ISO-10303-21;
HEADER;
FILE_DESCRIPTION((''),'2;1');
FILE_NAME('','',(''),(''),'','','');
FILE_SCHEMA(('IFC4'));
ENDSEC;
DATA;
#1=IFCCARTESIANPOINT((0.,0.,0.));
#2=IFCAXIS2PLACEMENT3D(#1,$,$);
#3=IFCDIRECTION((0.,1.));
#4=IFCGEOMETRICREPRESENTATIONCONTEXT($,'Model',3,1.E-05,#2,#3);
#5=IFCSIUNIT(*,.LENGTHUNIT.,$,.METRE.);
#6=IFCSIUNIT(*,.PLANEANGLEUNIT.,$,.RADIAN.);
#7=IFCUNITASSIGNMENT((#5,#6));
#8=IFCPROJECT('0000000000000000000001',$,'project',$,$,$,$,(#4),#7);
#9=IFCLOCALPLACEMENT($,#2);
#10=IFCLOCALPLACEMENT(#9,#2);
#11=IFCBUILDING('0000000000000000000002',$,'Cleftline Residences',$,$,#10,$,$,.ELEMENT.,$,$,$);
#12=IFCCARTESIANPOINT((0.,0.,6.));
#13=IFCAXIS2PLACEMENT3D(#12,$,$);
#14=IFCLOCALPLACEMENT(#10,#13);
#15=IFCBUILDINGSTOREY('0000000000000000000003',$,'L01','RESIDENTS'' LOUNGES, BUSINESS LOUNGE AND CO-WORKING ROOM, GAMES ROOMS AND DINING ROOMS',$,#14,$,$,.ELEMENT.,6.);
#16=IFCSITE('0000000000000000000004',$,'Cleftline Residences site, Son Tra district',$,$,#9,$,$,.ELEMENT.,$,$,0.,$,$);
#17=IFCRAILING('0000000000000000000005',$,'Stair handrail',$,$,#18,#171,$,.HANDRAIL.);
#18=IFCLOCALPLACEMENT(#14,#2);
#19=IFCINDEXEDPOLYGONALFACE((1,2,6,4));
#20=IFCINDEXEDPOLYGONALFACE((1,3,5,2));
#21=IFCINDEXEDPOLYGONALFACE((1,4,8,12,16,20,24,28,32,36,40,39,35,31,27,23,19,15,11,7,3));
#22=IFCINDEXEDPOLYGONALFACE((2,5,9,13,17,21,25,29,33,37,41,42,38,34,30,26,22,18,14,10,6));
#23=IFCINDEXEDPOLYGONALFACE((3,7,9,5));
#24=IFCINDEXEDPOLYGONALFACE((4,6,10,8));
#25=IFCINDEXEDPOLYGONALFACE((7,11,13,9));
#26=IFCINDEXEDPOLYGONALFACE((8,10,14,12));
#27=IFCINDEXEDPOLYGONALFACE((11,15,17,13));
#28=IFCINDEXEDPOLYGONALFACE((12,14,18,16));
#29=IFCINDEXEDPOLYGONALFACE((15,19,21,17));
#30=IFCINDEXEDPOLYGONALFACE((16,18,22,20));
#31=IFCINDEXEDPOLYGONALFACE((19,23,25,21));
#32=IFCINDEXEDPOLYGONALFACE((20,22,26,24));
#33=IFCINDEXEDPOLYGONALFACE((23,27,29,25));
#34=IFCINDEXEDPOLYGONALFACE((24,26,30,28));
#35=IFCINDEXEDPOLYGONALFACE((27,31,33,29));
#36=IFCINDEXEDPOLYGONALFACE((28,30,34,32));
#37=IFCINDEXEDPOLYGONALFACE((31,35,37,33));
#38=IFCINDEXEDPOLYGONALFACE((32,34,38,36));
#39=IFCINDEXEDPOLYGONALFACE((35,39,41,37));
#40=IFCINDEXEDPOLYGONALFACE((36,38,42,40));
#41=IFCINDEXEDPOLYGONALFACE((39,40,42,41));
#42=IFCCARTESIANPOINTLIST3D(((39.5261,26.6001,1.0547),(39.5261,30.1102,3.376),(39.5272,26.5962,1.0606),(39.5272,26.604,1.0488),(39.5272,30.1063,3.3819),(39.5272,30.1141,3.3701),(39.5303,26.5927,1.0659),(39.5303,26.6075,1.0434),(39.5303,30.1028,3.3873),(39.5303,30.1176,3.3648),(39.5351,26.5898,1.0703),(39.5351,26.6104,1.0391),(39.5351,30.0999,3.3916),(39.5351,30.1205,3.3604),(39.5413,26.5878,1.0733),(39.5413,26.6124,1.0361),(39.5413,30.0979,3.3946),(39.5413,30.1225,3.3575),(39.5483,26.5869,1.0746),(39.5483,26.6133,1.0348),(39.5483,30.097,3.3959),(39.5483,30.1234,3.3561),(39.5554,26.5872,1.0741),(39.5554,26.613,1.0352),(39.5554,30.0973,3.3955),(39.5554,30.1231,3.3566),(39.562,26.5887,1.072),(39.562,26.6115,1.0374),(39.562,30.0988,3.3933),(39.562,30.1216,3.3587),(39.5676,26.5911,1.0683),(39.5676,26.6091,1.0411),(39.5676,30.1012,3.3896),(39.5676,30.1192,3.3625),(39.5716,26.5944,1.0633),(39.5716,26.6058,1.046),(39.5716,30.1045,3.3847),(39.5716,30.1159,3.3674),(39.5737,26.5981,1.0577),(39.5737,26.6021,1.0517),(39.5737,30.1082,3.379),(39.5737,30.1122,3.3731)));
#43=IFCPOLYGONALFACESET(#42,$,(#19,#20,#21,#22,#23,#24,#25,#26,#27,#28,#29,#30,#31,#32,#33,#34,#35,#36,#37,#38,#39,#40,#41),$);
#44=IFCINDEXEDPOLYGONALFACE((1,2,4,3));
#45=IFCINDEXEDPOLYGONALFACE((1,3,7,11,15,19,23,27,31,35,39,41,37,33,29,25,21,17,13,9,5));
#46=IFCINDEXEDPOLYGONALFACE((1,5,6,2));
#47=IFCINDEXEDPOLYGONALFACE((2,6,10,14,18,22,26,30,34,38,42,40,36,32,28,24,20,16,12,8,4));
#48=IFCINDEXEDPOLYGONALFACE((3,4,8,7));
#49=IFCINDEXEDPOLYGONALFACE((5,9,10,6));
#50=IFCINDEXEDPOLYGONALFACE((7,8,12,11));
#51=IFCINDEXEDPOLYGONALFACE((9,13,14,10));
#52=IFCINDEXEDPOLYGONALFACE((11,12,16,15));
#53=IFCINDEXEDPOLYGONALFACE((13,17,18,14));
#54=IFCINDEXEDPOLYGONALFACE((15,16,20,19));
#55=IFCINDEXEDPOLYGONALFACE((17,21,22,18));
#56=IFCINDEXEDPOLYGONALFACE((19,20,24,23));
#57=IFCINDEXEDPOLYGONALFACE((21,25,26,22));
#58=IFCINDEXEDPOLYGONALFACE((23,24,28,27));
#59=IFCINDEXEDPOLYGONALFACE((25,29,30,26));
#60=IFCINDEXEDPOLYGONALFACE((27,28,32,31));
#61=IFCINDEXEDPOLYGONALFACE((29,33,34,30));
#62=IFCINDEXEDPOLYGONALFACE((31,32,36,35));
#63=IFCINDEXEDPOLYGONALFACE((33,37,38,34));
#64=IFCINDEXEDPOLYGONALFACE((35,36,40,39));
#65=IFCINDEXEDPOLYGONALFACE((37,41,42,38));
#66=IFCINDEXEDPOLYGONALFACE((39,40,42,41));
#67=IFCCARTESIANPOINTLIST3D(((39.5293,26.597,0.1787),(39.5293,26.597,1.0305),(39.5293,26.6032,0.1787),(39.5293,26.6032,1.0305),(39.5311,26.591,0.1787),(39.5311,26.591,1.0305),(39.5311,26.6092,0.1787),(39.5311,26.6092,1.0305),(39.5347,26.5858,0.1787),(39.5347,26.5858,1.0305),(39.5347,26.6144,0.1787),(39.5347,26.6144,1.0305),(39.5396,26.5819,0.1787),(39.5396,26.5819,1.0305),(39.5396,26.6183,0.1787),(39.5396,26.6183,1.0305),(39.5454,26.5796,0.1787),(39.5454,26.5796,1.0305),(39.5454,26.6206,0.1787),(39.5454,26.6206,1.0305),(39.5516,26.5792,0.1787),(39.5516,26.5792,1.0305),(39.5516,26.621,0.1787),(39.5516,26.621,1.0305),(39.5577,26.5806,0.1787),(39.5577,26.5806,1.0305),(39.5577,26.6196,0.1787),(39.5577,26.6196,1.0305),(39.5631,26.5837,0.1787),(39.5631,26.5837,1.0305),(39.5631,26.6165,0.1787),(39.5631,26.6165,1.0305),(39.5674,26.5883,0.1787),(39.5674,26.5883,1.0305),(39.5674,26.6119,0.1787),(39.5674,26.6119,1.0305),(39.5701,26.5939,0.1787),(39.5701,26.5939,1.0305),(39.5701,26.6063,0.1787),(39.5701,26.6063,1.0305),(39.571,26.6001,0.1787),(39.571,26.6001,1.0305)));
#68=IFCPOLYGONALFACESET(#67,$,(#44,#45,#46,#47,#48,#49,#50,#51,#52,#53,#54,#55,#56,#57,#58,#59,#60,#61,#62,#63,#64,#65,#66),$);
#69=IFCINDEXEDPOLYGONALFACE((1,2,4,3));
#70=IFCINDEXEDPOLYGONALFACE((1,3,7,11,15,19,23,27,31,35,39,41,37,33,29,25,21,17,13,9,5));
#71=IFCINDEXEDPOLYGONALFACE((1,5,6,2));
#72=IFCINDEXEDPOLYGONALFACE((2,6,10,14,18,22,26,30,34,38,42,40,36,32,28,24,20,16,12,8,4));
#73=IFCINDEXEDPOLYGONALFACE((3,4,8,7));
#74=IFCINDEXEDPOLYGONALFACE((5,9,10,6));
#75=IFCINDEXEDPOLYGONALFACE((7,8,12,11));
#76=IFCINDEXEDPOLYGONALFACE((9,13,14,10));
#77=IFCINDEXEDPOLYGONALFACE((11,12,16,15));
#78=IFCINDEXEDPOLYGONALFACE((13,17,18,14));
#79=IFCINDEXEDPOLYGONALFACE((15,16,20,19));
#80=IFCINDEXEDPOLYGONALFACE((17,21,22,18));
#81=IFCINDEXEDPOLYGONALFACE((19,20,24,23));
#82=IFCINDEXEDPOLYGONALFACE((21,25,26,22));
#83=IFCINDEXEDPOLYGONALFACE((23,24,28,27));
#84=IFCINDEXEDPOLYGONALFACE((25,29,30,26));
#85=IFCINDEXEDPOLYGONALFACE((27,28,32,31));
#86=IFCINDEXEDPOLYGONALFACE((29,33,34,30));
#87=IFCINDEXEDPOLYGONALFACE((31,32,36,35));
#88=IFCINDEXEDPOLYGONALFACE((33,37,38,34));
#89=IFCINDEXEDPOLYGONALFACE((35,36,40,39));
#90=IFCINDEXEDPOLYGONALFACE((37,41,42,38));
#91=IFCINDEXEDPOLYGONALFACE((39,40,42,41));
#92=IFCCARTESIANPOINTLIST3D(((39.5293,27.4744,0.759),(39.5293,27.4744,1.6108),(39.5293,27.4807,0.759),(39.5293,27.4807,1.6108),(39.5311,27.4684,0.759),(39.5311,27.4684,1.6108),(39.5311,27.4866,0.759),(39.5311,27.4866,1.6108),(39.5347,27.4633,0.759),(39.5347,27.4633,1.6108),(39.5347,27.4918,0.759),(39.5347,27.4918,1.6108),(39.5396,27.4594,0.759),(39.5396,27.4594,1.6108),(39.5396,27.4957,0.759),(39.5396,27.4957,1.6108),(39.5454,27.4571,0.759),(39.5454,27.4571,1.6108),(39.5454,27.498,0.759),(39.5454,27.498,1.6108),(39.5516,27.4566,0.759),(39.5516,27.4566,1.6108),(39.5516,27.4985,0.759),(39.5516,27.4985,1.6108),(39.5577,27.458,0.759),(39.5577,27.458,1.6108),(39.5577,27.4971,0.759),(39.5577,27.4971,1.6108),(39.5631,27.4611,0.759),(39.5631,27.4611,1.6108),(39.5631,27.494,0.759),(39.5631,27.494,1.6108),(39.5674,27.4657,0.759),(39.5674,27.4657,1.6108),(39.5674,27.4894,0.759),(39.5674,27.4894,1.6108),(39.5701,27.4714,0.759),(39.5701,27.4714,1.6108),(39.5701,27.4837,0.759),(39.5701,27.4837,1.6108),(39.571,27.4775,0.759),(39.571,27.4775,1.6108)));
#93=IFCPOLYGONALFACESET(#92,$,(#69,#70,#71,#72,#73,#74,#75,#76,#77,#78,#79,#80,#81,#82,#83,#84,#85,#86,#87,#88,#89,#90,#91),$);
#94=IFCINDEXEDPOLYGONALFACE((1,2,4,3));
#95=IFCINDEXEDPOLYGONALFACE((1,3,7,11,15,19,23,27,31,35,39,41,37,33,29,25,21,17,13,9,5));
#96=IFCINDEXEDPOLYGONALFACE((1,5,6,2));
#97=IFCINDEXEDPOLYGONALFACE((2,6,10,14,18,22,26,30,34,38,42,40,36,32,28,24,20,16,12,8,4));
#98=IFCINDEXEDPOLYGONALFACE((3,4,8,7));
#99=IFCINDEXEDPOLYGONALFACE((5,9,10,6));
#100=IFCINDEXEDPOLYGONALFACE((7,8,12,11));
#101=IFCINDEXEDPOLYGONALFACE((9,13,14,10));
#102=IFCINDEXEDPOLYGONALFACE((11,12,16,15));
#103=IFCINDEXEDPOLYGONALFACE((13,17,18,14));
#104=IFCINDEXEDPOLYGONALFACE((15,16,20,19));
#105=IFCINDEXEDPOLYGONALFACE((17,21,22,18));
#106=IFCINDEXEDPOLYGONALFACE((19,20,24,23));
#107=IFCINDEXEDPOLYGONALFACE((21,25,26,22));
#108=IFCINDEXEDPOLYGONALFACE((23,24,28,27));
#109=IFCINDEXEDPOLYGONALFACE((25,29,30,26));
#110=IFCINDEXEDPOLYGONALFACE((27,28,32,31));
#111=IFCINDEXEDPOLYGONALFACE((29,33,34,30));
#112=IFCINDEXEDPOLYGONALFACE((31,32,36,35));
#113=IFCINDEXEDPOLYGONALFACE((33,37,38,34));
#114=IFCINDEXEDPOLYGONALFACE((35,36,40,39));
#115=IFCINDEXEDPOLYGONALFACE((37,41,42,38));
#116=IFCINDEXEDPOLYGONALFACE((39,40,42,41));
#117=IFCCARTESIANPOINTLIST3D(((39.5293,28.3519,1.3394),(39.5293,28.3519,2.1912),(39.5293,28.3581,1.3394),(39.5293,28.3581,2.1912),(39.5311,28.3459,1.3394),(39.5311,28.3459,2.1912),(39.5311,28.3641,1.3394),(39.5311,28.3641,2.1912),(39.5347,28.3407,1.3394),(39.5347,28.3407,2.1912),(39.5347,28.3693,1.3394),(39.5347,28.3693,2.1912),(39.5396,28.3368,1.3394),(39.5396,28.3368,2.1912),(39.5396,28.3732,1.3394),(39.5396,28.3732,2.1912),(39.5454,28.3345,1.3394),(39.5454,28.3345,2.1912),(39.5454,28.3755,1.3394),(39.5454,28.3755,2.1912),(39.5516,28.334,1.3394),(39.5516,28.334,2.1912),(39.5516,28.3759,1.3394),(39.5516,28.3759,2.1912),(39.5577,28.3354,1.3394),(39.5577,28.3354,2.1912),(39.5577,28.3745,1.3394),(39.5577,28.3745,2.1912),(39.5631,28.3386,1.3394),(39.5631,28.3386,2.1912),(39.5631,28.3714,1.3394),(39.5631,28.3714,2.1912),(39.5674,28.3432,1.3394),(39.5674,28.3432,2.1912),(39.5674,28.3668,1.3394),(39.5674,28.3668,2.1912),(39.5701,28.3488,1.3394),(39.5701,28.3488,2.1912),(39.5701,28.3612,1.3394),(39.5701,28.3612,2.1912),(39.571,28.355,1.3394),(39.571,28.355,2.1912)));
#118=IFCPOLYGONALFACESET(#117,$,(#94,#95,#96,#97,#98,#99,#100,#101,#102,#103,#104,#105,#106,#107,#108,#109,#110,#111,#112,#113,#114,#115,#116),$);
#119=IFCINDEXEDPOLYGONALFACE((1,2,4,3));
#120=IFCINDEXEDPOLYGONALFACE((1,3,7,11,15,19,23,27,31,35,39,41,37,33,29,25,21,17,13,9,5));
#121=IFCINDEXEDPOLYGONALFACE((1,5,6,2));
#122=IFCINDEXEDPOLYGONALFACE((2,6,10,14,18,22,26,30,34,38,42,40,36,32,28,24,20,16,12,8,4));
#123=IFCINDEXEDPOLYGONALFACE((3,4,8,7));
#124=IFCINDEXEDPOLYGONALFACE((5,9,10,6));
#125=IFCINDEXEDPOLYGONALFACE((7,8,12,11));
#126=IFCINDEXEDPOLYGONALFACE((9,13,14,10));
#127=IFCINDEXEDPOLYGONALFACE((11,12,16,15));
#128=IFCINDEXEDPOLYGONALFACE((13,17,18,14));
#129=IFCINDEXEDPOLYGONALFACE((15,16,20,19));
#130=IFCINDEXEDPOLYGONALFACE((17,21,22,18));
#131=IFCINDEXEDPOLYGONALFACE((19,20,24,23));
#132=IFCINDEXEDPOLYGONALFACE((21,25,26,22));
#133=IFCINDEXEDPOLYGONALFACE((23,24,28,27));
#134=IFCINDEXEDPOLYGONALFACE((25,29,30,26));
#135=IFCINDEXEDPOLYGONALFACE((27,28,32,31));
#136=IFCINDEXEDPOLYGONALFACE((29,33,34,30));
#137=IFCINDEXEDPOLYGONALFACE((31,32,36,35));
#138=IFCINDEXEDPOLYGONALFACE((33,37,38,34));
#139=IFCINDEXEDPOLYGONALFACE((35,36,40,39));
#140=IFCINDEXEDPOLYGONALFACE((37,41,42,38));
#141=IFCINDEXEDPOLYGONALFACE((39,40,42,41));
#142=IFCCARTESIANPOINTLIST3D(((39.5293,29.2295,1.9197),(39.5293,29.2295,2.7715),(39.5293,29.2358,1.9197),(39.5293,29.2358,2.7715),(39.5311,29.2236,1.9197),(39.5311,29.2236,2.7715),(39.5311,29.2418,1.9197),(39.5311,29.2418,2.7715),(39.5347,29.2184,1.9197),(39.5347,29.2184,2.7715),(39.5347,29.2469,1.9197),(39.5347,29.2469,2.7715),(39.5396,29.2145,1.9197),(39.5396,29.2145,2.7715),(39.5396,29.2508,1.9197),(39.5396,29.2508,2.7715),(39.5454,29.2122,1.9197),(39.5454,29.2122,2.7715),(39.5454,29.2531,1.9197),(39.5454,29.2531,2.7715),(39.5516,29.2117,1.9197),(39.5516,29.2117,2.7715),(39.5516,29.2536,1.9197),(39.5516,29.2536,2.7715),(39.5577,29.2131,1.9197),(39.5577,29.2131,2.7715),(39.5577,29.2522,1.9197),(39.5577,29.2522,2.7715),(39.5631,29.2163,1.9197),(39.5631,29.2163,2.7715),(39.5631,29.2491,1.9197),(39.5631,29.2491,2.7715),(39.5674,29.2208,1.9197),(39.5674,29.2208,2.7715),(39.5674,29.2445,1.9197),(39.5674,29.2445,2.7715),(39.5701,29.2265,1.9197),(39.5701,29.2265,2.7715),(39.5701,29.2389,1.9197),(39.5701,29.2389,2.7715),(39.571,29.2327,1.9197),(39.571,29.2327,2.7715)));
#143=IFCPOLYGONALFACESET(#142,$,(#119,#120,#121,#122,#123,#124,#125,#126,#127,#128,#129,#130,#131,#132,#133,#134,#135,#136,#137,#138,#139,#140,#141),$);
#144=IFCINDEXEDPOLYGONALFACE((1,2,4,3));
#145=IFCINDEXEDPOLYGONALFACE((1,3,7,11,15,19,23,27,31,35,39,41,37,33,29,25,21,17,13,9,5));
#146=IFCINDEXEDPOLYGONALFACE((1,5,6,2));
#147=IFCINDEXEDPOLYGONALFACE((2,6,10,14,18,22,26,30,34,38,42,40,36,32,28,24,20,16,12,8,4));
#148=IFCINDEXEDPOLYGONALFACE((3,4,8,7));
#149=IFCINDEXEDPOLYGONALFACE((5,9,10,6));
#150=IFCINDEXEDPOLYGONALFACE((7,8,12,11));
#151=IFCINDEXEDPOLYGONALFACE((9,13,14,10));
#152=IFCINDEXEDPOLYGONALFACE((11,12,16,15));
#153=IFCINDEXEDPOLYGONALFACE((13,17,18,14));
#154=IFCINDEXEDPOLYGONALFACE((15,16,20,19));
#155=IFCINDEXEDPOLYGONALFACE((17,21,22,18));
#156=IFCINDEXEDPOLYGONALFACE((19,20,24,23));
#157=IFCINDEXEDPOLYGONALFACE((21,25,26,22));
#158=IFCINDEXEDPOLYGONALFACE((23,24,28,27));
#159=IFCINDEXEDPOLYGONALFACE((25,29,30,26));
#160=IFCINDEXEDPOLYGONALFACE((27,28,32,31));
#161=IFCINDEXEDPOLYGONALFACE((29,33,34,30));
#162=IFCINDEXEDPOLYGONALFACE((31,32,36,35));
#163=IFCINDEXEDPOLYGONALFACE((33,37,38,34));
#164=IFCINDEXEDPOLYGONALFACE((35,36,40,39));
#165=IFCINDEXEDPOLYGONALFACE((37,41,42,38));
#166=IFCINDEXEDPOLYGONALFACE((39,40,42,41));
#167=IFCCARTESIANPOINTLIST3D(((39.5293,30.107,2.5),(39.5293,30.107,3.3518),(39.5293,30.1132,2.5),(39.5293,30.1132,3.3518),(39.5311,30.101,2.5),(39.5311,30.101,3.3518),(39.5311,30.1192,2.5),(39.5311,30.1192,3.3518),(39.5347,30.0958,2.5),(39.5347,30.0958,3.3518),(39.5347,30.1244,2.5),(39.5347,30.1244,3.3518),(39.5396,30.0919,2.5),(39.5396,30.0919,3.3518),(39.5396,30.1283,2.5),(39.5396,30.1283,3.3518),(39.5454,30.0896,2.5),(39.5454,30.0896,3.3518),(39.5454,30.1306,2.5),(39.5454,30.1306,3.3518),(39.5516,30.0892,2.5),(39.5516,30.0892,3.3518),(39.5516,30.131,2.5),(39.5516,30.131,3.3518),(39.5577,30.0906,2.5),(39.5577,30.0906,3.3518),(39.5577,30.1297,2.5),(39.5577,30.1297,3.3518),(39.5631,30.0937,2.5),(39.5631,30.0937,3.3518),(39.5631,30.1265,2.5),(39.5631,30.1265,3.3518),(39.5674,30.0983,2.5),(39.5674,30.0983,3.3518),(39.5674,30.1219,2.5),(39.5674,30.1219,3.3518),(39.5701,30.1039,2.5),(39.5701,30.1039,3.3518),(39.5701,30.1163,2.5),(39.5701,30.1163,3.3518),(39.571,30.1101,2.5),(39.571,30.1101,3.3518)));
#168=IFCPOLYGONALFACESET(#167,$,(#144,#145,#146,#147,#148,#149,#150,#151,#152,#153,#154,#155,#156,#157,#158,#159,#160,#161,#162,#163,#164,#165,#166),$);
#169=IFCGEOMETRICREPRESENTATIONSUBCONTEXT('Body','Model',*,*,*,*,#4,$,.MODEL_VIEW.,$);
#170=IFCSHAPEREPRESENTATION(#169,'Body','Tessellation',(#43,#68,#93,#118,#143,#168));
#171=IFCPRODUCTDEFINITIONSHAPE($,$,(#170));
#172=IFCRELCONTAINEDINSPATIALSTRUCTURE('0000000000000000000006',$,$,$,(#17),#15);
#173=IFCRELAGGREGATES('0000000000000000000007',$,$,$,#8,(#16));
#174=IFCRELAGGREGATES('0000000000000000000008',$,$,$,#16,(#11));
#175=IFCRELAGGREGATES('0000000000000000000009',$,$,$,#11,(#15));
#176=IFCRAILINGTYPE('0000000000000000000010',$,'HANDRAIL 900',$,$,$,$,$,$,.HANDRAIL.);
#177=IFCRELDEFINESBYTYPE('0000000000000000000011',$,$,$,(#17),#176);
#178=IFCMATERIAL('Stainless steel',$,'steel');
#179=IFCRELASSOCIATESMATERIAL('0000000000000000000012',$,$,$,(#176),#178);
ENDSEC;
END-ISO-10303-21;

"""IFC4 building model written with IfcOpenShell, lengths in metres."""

from ifc_helpers import new_model, si_unit, direction, frame, origin, origin_2d, place, context, subcontext, project, spatial, circle, extrude, material, type_object, element, save


model = new_model("IFC4")

# Units and contexts
model_context = context("Model", 3, precision=1e-05, world=origin(), true_north=direction((0.0, 1.0)))
body_context = subcontext(model_context, "Body", "Model", "MODEL_VIEW")
ifc_project = project(units=[si_unit("LENGTHUNIT", "METRE"), si_unit("PLANEANGLEUNIT", "RADIAN")], contexts=[model_context])

# Site, building, storey
site_placement = place(None, origin())
site = spatial("IfcSite", under=ifc_project, at=site_placement, Name="Cleftline Residences site, Son Tra district", CompositionType="ELEMENT", RefElevation=0.0)
building_placement = place(site_placement, origin())
building = spatial("IfcBuilding", under=site, at=building_placement, Name="Cleftline Residences", CompositionType="ELEMENT")
storey_placement = place(building_placement, frame((0.0, 0.0, 6.0)))
storey = spatial("IfcBuildingStorey", under=building, at=storey_placement, Name="L01", Description="RESIDENTS' LOUNGES, BUSINESS LOUNGE AND CO-WORKING ROOM, GAMES ROOMS AND DINING ROOMS", CompositionType="ELEMENT", Elevation=6.0)

# Railing
ifc_material_1 = material(Name="Stainless steel", Category="steel")
railing_type = type_object("IfcRailingType", Name="HANDRAIL 900", PredefinedType="HANDRAIL", material=ifc_material_1)
railing_1_placement = place(storey_placement, frame((39.55, 26.6001, 0.1787)))
element("IfcRailing", 1, at=railing_1_placement, inside=storey, type_object=railing_type, Name="Stair handrail", PredefinedType="HANDRAIL", context=body_context, shape_type="SweptSolid", body=[
    extrude(circle(Radius=0.0239, at=origin_2d()), frame((0.0, 0.0, 0.876), z_axis=(0.0, 0.834097, 0.551617), x_axis=(-1.0, 0.0, 0.0)), (0.0, 0.0, 1.0), 4.2083),
    extrude(circle(Radius=0.021, at=origin_2d()), origin(), (0.0, 0.0, 1.0), 0.8518),
    extrude(circle(Radius=0.021, at=origin_2d()), frame((0.0, 0.8774, 0.5803)), (0.0, 0.0, 1.0), 0.8518),
    extrude(circle(Radius=0.021, at=origin_2d()), frame((0.0, 1.7549, 1.1606)), (0.0, 0.0, 1.0), 0.8518),
    extrude(circle(Radius=0.021, at=origin_2d()), frame((0.0, 2.6326, 1.741)), (0.0, 0.0, 1.0), 0.8518),
    extrude(circle(Radius=0.021, at=origin_2d()), frame((0.0, 3.51, 2.3213)), (0.0, 0.0, 1.0), 0.8518),
])

save(model, "model.ifc")
